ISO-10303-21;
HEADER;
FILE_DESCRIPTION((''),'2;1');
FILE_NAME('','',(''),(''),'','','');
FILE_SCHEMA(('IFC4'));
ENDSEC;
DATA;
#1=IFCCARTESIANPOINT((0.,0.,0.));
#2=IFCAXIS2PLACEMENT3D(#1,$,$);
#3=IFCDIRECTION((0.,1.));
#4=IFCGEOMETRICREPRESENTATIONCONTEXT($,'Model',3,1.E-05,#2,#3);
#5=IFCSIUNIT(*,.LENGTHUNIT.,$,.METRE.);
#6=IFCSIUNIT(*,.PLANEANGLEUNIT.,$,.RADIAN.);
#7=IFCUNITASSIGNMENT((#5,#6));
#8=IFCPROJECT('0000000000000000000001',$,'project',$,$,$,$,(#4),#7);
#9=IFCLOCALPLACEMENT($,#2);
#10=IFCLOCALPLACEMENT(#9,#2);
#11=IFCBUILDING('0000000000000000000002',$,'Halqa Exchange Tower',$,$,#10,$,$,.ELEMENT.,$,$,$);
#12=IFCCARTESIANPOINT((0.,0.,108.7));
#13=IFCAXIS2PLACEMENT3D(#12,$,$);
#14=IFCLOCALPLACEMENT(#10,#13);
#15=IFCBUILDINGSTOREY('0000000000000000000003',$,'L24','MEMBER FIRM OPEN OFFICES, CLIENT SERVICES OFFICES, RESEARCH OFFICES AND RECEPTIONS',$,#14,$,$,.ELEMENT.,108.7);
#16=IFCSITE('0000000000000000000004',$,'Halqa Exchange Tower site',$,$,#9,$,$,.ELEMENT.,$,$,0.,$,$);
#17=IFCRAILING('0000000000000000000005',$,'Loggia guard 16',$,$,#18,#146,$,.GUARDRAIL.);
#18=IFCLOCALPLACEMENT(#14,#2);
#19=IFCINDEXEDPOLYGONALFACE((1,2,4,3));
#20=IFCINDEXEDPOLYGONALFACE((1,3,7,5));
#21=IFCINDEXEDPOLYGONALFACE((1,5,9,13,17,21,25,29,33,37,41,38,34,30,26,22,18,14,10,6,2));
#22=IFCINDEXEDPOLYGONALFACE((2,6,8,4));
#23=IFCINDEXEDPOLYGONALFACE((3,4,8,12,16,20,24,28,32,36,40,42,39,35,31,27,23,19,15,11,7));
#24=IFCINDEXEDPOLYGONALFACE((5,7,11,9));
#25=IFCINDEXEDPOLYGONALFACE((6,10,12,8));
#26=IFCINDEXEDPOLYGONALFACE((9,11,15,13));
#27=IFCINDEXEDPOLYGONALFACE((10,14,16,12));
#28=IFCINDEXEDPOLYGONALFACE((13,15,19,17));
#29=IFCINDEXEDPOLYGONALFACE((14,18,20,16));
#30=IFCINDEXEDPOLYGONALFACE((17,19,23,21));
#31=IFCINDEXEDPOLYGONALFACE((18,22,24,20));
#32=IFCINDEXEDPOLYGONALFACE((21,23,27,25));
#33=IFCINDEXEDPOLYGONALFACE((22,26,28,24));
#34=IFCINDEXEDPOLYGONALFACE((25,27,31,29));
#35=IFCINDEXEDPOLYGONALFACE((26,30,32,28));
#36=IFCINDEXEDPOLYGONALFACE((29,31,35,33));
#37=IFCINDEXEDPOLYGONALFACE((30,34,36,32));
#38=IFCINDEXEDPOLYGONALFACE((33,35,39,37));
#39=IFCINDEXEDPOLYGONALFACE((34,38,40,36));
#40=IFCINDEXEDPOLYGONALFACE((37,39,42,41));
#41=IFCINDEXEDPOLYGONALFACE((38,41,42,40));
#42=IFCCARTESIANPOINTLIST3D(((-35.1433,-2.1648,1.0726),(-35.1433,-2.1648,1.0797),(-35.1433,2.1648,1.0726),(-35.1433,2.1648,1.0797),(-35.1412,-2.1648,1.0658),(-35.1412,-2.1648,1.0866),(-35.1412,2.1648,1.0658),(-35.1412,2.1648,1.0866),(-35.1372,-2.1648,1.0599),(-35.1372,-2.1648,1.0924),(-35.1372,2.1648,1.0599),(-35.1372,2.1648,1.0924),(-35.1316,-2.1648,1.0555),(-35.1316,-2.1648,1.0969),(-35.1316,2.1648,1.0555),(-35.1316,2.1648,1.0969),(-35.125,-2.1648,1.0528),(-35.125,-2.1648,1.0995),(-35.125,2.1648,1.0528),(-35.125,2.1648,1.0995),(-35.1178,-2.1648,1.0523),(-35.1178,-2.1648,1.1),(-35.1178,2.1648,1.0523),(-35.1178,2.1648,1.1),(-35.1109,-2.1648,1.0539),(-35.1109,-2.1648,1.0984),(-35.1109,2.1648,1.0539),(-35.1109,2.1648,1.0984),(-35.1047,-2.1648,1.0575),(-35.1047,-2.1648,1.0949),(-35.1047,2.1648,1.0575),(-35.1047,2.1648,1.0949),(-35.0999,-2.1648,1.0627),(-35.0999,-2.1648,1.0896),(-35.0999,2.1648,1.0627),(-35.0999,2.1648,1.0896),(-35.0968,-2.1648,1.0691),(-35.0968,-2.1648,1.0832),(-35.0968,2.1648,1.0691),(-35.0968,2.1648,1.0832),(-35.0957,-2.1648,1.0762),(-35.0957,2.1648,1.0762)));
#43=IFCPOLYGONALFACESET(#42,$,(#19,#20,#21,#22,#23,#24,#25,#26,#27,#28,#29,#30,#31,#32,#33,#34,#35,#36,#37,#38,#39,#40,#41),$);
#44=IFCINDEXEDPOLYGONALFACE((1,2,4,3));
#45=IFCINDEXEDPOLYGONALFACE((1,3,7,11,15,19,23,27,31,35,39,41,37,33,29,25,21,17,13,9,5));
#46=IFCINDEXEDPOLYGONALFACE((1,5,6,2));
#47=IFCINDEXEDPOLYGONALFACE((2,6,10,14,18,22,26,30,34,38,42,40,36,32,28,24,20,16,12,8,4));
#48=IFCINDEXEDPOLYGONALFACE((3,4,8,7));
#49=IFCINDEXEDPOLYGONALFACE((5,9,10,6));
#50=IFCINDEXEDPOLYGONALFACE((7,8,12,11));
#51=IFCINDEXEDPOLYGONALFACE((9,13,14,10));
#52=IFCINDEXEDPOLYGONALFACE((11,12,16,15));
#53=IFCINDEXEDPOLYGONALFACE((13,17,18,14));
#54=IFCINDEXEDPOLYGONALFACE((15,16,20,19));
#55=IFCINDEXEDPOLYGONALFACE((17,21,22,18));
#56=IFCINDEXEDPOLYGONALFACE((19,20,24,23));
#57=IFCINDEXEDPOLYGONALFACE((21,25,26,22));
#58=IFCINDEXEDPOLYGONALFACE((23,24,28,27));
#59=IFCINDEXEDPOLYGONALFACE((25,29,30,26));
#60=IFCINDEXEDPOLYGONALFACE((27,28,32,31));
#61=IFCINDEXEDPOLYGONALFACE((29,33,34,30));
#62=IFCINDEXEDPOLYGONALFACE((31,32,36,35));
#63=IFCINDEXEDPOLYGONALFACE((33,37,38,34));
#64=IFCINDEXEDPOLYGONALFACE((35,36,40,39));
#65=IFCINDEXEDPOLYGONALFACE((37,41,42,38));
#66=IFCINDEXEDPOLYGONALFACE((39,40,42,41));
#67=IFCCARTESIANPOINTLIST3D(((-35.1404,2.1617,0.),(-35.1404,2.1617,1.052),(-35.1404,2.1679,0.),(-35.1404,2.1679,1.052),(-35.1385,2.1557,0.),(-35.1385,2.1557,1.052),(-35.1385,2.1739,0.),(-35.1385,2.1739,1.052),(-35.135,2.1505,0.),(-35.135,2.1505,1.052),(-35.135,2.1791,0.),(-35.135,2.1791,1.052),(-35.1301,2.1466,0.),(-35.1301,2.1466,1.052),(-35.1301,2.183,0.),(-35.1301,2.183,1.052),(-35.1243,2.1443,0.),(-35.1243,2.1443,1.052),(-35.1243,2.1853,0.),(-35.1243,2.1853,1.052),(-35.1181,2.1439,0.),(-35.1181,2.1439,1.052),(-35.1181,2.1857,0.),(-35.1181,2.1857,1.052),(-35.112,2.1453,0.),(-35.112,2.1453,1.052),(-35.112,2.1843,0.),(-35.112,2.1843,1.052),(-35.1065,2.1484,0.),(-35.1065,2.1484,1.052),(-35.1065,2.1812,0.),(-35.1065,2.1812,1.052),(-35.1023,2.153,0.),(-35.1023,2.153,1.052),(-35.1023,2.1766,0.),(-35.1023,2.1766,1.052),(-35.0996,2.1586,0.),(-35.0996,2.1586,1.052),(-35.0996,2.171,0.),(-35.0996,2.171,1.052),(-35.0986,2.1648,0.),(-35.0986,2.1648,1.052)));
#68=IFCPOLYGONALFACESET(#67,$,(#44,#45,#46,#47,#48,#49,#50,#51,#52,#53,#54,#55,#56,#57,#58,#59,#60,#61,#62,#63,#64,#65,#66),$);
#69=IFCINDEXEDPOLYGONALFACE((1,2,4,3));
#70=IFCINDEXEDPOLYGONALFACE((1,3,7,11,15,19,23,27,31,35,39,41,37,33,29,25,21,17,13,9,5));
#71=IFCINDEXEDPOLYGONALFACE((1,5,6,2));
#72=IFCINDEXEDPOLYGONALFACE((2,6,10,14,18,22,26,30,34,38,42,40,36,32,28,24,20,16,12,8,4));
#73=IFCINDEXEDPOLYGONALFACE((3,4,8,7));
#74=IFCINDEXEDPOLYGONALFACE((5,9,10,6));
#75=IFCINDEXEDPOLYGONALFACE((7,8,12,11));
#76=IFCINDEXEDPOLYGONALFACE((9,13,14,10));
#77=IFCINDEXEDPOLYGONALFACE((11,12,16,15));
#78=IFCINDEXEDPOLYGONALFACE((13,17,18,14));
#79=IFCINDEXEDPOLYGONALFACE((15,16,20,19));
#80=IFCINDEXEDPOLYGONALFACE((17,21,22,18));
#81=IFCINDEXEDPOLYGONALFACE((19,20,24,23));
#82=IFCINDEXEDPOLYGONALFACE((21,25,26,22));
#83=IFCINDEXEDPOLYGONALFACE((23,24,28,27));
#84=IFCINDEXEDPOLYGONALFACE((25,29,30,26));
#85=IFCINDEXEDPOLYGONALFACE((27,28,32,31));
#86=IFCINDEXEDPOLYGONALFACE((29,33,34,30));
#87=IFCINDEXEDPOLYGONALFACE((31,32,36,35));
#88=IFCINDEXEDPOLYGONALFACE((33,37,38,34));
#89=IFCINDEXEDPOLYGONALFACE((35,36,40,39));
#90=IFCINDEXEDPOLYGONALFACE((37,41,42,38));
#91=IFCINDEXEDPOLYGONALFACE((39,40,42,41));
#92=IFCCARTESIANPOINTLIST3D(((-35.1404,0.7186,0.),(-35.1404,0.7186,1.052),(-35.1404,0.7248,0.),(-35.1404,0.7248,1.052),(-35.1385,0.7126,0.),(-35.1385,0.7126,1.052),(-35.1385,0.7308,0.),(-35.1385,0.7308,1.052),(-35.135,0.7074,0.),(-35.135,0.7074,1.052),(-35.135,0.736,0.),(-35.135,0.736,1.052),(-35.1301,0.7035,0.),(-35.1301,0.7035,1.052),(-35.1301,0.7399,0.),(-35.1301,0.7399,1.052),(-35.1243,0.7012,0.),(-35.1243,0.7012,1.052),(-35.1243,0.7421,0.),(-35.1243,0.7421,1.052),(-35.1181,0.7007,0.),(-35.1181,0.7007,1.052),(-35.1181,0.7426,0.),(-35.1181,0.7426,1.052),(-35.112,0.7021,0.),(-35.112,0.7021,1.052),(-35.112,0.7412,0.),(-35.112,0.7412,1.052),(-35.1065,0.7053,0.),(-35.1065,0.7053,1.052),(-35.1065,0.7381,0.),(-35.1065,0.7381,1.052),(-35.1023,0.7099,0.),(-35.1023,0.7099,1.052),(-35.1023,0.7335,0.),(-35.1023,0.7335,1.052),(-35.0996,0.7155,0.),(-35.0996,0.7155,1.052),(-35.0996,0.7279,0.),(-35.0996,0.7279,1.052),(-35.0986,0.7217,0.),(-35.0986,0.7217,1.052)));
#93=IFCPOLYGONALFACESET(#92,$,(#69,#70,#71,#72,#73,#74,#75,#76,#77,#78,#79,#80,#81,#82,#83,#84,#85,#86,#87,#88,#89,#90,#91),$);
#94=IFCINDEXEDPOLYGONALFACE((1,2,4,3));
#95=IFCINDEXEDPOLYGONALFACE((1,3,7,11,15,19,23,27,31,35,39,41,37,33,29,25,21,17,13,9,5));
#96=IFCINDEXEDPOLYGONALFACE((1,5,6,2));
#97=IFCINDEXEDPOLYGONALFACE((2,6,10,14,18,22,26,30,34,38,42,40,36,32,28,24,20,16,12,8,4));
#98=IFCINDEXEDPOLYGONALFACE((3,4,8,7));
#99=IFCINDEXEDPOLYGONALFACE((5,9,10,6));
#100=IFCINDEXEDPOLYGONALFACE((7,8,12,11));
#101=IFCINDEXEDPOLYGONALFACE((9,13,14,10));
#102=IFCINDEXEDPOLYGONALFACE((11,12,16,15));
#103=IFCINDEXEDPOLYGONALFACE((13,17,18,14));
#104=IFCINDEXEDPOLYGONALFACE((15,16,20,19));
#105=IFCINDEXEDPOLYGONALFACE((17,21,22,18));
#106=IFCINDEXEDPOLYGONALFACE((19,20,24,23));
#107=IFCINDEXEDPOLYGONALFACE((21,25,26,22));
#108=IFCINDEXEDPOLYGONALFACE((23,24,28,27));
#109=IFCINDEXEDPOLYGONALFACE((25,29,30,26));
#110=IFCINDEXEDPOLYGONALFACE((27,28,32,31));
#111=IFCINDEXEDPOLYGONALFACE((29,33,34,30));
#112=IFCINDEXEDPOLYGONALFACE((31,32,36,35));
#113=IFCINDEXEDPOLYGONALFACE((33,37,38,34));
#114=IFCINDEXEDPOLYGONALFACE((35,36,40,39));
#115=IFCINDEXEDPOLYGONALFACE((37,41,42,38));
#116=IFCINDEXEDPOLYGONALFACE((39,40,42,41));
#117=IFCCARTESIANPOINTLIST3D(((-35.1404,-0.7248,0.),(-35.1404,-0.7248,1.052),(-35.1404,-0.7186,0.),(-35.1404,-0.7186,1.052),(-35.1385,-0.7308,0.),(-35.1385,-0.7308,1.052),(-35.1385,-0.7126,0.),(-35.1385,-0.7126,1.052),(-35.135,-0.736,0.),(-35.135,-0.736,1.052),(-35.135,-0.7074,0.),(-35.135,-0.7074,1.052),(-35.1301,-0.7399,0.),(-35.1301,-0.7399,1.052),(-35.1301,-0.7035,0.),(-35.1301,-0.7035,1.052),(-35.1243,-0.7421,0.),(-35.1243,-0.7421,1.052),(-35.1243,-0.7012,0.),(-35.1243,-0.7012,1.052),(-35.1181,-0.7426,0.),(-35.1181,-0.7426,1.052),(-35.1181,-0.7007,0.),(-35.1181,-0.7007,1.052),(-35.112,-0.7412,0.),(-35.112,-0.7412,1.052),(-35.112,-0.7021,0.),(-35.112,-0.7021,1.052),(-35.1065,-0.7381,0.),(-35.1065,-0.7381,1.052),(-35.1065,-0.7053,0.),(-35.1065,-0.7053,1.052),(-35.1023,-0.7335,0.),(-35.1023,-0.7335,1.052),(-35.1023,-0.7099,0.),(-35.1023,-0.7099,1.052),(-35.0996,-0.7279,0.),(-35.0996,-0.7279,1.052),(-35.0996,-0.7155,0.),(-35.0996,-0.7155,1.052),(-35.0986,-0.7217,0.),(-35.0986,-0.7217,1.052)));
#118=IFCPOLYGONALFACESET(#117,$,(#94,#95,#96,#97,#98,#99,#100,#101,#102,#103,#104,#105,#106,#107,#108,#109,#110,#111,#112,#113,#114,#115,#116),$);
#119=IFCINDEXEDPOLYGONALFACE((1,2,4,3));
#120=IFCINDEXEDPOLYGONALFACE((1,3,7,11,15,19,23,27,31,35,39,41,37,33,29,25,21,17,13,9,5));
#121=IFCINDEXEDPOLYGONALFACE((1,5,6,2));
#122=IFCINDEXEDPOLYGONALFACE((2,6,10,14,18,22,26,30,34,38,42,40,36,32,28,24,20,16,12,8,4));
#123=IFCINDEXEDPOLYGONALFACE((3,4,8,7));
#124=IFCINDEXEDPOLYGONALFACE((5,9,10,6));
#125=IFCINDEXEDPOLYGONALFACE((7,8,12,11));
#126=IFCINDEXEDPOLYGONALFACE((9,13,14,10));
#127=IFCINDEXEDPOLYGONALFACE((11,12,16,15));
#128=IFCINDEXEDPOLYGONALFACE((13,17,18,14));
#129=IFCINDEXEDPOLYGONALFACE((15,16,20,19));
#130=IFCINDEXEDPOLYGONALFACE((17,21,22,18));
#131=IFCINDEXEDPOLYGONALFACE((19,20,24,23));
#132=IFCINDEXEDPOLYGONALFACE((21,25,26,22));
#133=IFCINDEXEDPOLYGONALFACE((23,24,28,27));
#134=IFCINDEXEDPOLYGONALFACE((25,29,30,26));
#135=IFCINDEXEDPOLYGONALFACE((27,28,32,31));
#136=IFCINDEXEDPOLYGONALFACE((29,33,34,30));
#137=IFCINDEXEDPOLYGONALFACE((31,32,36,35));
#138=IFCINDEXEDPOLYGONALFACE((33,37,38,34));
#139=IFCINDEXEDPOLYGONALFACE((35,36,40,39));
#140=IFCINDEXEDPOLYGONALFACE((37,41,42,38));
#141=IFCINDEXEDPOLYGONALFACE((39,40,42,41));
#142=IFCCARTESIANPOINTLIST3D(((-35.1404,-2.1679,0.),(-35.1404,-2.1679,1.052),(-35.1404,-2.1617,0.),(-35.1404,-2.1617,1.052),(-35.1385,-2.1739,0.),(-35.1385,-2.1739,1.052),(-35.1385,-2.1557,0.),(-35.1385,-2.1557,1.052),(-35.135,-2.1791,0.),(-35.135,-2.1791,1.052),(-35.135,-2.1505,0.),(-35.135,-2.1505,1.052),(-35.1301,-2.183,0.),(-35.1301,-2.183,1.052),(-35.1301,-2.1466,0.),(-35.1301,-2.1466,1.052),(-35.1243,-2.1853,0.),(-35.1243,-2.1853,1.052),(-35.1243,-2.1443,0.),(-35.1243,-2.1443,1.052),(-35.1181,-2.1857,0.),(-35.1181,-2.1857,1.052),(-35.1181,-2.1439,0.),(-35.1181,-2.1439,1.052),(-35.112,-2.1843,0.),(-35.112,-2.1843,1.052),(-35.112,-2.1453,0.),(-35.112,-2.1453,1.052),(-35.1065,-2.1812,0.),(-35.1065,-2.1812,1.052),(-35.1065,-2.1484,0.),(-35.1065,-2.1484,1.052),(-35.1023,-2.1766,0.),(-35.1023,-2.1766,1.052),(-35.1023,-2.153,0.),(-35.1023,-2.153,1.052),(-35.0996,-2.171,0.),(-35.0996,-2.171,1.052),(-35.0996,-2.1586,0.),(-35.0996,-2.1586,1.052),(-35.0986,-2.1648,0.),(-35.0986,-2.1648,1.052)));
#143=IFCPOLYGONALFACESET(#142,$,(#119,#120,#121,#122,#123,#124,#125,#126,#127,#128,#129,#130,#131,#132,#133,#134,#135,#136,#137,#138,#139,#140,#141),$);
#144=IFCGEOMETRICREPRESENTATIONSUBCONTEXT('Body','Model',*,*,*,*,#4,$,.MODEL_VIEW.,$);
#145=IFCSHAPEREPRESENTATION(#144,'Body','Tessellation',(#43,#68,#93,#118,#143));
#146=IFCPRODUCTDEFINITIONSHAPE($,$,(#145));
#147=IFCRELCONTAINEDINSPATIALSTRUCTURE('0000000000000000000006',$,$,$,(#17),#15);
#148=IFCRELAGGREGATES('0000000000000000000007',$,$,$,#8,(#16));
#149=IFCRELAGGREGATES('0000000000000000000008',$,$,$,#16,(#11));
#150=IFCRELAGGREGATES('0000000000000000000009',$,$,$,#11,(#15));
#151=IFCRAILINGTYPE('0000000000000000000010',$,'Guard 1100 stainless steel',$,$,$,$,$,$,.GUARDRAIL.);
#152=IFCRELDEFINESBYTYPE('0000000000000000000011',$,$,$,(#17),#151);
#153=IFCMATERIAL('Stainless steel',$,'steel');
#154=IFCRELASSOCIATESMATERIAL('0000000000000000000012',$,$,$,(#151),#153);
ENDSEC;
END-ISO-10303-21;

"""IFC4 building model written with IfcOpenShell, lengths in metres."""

from ifc_helpers import new_model, si_unit, direction, frame, origin, origin_2d, place, context, subcontext, project, spatial, circle, extrude, material, type_object, element, save


model = new_model("IFC4")

# Units and contexts
model_context = context("Model", 3, precision=1e-05, world=origin(), true_north=direction((0.0, 1.0)))
body_context = subcontext(model_context, "Body", "Model", "MODEL_VIEW")
ifc_project = project(units=[si_unit("LENGTHUNIT", "METRE"), si_unit("PLANEANGLEUNIT", "RADIAN")], contexts=[model_context])

# Site, building, storey
site_placement = place(None, origin())
site = spatial("IfcSite", under=ifc_project, at=site_placement, Name="Halqa Exchange Tower site", CompositionType="ELEMENT", RefElevation=0.0)
building_placement = place(site_placement, origin())
building = spatial("IfcBuilding", under=site, at=building_placement, Name="Halqa Exchange Tower", CompositionType="ELEMENT")
storey_placement = place(building_placement, frame((0.0, 0.0, 108.7)))
storey = spatial("IfcBuildingStorey", under=building, at=storey_placement, Name="L24", Description="MEMBER FIRM OPEN OFFICES, CLIENT SERVICES OFFICES, RESEARCH OFFICES AND RECEPTIONS", CompositionType="ELEMENT", Elevation=108.7)

# Railing
ifc_material_1 = material(Name="Stainless steel", Category="steel")
railing_type = type_object("IfcRailingType", Name="Guard 1100 stainless steel", PredefinedType="GUARDRAIL", material=ifc_material_1)
railing_1_placement = place(storey_placement, frame((-35.1196, 2.1648, 0.0)))
element("IfcRailing", 1, at=railing_1_placement, inside=storey, type_object=railing_type, Name="Loggia guard 16", PredefinedType="GUARDRAIL", context=body_context, shape_type="SweptSolid", body=[
    extrude(circle(Radius=0.0239, at=origin_2d()), frame((0.0, 0.0, 1.0762), z_axis=(0.0, -1.0, 0.0), x_axis=(1.0, 0.0, 0.0)), (0.0, 0.0, 1.0), 4.3296),
    extrude(circle(Radius=0.021, at=origin_2d()), origin(), (0.0, 0.0, 1.0), 1.052),
    extrude(circle(Radius=0.021, at=origin_2d()), frame((0.0, -1.4431, 0.0)), (0.0, 0.0, 1.0), 1.052),
    extrude(circle(Radius=0.021, at=origin_2d()), frame((0.0, -2.8865, 0.0)), (0.0, 0.0, 1.0), 1.052),
    extrude(circle(Radius=0.021, at=origin_2d()), frame((0.0, -4.3296, 0.0)), (0.0, 0.0, 1.0), 1.052),
])

save(model, "model.ifc")
